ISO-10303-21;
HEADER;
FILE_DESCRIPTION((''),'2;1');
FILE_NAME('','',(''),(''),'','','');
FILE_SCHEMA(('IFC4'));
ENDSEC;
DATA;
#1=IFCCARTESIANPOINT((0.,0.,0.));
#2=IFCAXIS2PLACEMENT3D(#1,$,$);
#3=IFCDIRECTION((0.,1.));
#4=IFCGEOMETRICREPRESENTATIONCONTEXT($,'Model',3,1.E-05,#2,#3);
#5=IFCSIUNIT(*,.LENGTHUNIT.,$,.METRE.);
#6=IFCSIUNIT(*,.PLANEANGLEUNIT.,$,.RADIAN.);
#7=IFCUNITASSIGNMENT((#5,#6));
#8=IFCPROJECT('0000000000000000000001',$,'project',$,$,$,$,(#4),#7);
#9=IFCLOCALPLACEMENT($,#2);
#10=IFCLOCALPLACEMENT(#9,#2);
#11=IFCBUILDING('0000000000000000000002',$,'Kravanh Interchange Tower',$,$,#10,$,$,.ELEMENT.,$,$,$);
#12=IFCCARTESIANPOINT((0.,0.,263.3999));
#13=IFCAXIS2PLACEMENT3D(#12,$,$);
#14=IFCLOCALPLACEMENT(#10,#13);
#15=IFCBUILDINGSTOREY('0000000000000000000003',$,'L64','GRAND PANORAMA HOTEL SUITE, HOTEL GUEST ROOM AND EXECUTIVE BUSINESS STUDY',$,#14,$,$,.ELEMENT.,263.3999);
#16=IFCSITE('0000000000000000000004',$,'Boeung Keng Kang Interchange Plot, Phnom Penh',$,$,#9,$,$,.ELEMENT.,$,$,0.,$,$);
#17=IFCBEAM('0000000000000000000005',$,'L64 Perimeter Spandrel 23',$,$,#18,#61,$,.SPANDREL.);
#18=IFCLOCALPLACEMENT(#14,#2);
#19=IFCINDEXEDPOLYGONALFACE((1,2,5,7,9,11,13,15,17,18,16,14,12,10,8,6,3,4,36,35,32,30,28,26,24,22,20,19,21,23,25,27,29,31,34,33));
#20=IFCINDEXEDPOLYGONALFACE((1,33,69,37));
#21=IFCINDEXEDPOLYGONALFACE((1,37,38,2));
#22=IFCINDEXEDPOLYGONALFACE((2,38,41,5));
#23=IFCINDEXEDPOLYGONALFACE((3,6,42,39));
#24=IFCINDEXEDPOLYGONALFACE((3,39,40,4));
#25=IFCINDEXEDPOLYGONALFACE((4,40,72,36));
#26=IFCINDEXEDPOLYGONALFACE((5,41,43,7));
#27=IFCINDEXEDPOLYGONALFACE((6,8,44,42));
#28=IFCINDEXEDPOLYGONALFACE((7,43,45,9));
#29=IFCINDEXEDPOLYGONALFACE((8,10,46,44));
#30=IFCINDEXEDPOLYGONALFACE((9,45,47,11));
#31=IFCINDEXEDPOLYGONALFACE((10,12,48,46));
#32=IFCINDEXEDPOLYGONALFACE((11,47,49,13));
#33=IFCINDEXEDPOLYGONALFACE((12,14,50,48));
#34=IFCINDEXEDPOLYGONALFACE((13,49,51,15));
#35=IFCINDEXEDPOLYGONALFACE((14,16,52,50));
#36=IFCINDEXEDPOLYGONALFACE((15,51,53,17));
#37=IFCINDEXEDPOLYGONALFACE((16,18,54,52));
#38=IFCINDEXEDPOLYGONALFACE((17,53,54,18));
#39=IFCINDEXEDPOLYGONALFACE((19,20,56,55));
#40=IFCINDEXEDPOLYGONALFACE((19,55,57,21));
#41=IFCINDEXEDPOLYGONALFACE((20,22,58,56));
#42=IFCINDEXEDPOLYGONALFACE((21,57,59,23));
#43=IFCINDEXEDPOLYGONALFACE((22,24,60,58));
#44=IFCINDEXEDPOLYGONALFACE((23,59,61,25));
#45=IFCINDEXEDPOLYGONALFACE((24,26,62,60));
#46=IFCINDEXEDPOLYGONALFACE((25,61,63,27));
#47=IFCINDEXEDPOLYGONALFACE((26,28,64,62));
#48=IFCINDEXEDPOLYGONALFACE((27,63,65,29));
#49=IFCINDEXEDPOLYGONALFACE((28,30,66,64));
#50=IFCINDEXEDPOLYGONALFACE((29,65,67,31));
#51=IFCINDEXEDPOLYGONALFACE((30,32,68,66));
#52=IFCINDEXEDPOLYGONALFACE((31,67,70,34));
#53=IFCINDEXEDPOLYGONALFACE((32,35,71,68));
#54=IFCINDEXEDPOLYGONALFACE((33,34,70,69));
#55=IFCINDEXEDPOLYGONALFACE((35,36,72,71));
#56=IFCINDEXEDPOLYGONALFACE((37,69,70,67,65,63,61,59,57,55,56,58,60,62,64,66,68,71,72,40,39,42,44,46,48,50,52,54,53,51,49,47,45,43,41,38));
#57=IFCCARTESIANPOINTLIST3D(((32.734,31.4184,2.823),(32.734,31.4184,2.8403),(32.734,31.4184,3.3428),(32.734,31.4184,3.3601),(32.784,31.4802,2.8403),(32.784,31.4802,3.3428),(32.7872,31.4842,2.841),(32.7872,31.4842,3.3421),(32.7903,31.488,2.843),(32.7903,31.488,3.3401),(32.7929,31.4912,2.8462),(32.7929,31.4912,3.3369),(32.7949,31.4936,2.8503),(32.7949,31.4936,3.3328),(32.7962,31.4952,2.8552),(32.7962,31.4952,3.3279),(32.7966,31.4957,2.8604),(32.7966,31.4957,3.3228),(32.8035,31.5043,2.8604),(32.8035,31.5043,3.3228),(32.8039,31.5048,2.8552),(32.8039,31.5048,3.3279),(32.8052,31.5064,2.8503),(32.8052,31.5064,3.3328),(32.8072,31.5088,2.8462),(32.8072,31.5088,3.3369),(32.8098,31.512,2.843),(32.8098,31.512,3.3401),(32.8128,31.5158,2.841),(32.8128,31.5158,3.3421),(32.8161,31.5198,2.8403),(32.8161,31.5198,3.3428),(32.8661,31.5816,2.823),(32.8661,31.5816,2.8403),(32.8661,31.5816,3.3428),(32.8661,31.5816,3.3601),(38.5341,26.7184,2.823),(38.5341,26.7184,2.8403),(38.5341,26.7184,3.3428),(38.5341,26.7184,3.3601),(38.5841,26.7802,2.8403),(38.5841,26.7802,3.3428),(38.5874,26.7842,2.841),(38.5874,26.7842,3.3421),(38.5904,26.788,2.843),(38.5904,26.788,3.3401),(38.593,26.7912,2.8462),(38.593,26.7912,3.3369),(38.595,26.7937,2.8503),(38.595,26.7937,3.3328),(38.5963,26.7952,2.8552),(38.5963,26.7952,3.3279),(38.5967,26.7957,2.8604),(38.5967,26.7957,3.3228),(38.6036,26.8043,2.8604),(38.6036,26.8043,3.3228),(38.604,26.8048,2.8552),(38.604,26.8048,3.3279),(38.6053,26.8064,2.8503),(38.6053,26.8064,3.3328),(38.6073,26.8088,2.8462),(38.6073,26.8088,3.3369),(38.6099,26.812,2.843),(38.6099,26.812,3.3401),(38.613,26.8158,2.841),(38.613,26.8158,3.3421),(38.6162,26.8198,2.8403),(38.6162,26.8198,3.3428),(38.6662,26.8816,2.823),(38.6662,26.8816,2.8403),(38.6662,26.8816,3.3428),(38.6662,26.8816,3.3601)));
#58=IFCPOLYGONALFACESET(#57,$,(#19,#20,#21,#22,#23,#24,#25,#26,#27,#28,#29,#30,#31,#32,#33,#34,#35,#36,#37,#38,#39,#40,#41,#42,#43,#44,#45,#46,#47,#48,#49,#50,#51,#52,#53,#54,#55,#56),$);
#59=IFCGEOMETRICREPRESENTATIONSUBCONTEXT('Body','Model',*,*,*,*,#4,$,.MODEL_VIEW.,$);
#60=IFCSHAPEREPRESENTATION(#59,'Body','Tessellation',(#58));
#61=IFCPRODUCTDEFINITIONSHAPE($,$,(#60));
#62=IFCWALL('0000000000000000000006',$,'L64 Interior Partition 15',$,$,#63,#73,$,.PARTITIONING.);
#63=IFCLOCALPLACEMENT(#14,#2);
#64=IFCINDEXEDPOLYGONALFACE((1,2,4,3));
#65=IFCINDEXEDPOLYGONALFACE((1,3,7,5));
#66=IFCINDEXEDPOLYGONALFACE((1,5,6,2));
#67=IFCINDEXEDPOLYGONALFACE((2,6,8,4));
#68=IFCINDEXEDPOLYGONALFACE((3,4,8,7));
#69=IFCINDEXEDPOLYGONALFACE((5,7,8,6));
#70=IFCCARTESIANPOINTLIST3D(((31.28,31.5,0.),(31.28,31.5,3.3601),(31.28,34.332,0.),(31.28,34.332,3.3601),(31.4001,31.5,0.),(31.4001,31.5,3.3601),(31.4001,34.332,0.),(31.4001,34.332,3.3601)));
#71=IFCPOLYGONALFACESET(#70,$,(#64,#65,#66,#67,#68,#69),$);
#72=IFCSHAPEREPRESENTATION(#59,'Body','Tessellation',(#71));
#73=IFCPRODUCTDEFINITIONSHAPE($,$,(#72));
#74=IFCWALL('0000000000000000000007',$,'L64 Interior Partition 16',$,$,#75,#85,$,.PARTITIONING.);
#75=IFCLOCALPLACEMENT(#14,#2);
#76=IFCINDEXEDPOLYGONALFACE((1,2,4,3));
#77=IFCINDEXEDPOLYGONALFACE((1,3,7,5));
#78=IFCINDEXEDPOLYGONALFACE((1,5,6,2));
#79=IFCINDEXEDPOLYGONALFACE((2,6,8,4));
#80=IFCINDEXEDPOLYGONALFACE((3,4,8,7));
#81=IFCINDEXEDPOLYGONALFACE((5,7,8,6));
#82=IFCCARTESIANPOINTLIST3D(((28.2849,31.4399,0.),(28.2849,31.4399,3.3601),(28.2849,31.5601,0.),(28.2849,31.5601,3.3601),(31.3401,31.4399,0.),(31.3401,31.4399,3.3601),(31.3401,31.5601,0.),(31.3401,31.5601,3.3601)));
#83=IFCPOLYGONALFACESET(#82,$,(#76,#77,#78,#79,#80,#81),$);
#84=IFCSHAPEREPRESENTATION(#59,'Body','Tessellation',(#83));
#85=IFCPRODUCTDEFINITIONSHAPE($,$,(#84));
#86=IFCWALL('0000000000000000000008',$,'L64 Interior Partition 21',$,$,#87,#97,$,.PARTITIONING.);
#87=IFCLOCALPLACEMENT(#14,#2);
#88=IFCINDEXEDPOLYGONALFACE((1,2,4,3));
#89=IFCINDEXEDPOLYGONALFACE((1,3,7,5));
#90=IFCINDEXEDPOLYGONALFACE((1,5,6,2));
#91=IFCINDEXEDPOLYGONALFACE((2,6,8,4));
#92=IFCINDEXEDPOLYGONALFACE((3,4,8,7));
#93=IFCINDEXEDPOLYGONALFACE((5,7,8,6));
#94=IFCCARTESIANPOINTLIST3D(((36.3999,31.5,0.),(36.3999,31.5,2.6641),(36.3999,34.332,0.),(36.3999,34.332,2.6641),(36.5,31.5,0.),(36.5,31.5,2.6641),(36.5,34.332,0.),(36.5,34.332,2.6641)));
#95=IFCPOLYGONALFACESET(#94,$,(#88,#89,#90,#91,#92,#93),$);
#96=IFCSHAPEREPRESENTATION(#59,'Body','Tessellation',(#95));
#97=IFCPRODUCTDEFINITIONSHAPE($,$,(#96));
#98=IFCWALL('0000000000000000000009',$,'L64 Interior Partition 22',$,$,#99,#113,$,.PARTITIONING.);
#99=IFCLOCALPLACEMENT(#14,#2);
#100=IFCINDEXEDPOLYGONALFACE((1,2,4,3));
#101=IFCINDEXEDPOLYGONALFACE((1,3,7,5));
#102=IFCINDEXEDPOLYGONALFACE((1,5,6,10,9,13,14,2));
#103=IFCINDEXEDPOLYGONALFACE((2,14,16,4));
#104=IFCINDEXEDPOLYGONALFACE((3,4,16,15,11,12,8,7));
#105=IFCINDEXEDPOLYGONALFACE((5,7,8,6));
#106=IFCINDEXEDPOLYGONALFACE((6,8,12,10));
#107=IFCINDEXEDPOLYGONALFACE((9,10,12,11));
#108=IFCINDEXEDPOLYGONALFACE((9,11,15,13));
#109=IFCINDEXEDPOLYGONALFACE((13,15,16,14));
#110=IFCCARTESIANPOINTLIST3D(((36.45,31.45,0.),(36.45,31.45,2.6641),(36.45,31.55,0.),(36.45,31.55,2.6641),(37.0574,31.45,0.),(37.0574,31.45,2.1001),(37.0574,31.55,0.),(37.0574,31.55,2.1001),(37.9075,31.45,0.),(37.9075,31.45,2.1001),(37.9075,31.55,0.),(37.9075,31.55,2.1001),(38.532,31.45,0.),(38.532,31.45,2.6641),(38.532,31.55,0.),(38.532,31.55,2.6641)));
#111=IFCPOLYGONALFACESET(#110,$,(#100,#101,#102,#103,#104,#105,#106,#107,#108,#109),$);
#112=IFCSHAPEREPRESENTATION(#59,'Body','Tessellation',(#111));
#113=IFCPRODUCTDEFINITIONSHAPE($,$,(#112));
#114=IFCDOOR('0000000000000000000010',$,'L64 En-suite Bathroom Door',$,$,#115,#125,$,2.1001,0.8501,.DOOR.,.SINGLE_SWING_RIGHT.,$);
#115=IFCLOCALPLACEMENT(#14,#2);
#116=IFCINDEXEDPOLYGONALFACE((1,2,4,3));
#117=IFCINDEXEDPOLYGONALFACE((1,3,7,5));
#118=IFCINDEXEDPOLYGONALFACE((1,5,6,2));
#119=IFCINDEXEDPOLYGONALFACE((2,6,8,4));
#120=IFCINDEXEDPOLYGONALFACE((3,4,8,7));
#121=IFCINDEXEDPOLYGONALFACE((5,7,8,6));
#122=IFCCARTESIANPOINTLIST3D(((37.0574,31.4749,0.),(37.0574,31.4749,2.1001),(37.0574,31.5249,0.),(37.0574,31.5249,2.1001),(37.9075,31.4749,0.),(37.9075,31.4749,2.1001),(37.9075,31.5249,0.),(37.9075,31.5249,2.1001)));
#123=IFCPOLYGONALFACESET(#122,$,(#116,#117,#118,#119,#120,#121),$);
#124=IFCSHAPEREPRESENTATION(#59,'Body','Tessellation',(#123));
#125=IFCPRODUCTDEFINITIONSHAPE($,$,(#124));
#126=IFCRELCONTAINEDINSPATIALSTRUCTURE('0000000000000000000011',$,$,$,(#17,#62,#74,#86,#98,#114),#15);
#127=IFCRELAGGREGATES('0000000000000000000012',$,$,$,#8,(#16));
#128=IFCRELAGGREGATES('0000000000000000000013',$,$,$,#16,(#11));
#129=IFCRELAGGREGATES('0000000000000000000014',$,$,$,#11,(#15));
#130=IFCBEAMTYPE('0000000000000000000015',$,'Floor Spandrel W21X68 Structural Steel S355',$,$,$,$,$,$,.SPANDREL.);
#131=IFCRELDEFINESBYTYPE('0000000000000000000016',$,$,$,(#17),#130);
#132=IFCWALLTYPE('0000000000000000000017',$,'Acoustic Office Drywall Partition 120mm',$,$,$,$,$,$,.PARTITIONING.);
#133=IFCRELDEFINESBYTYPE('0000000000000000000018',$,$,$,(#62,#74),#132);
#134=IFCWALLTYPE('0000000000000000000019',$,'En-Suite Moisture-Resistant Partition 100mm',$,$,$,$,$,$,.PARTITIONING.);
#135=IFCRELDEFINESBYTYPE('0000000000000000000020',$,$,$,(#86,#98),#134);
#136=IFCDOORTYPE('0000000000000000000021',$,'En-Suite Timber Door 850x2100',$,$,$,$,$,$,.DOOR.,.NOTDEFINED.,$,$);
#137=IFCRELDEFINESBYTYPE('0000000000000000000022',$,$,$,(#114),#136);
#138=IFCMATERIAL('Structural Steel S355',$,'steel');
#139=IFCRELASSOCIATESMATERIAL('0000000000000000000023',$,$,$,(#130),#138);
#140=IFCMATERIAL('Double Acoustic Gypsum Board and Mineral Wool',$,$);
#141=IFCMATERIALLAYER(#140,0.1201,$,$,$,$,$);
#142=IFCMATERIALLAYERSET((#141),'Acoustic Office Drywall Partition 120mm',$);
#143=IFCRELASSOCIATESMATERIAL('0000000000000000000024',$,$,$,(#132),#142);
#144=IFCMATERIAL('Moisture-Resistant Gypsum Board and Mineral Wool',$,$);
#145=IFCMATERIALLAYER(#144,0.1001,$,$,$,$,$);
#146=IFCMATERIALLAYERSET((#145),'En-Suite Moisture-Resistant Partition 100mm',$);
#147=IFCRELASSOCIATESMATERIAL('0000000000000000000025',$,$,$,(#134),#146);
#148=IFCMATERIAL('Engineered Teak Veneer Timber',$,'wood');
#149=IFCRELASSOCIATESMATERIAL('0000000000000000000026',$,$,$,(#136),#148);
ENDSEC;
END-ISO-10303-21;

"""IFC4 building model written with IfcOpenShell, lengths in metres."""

from ifc_helpers import new_model, si_unit, direction, frame, frame_2d, origin, origin_2d, place, context, subcontext, project, spatial, rectangle, i_section, extrude, material, layer, layer_set, material_profile, profile_set, type_object, element, fill, save


model = new_model("IFC4")

# Units and contexts
model_context = context("Model", 3, precision=1e-05, world=origin(), true_north=direction((0.0, 1.0)))
body_context = subcontext(model_context, "Body", "Model", "MODEL_VIEW")
ifc_project = project(units=[si_unit("LENGTHUNIT", "METRE"), si_unit("PLANEANGLEUNIT", "RADIAN")], contexts=[model_context])

# Site, building, storey
site_placement = place(None, origin())
site = spatial("IfcSite", under=ifc_project, at=site_placement, Name="Boeung Keng Kang Interchange Plot, Phnom Penh", CompositionType="ELEMENT", RefElevation=0.0)
building_placement = place(site_placement, origin())
building = spatial("IfcBuilding", under=site, at=building_placement, Name="Kravanh Interchange Tower", CompositionType="ELEMENT")
storey_placement = place(building_placement, frame((0.0, 0.0, 263.3999)))
storey = spatial("IfcBuildingStorey", under=building, at=storey_placement, Name="L64", Description="GRAND PANORAMA HOTEL SUITE, HOTEL GUEST ROOM AND EXECUTIVE BUSINESS STUDY", CompositionType="ELEMENT", Elevation=263.3999)

# Beam
ifc_material_1 = material(Name="Structural Steel S355", Category="steel")
ifc_material_profile_1 = material_profile(ifc_material_1, i_section(OverallWidth=0.21, OverallDepth=0.5371, WebThickness=0.011, FlangeThickness=0.0173, FilletRadius=0.02, at=origin_2d()), Name="W21X68")
ifc_profile_set_1 = profile_set([ifc_material_profile_1], Name="Structural Steel S355")
beam_type_1 = type_object("IfcBeamType", Name="Floor Spandrel W21X68 Structural Steel S355", PredefinedType="SPANDREL", material=ifc_profile_set_1)
beam_1_placement = place(storey_placement, frame((32.8, 31.5, 3.0916), z_axis=(0.776939, -0.629576, 0.0), x_axis=(0.629576, 0.776939, 0.0)))
element("IfcBeam", 1, at=beam_1_placement, inside=storey, type_object=beam_type_1, Name="L64 Perimeter Spandrel 23", PredefinedType="SPANDREL", context=body_context, shape_type="SweptSolid", body=[
    extrude(i_section(OverallWidth=0.21, OverallDepth=0.5371, WebThickness=0.011, FlangeThickness=0.0173, FilletRadius=0.02, at=origin_2d()), origin(), (0.0, 0.0, 1.0), 7.4653),
])

# Walls
ifc_material_2 = material(Name="Double Acoustic Gypsum Board and Mineral Wool")
ifc_layer_1 = layer(ifc_material_2, 0.1201)
ifc_layer_set_1 = layer_set([ifc_layer_1], Name="Acoustic Office Drywall Partition 120mm")
wall_type_1 = type_object("IfcWallType", Name="Acoustic Office Drywall Partition 120mm", PredefinedType="PARTITIONING", material=ifc_layer_set_1)
wall_1_placement = place(storey_placement, frame((31.3401, 31.5, 0.0), z_axis=(0.0, 0.0, 1.0), x_axis=(0.0, 1.0, 0.0)))
element("IfcWall", 2, at=wall_1_placement, inside=storey, type_object=wall_type_1, Name="L64 Interior Partition 15", PredefinedType="PARTITIONING", context=body_context, shape_type="SweptSolid", body=[
    extrude(rectangle(XDim=2.832, YDim=0.1201, at=frame_2d((1.416, 0.0))), origin(), (0.0, 0.0, 1.0), 3.3601),
])
wall_2_placement = place(storey_placement, frame((28.2849, 31.5, 0.0), z_axis=(0.0, 0.0, 1.0), x_axis=(1.0, 0.0, 0.0)))
element("IfcWall", 3, at=wall_2_placement, inside=storey, type_object=wall_type_1, Name="L64 Interior Partition 16", PredefinedType="PARTITIONING", context=body_context, shape_type="SweptSolid", body=[
    extrude(rectangle(XDim=3.0552, YDim=0.1201, at=frame_2d((1.5276, 0.0))), origin(), (0.0, 0.0, 1.0), 3.3601),
])
ifc_material_3 = material(Name="Moisture-Resistant Gypsum Board and Mineral Wool")
ifc_layer_2 = layer(ifc_material_3, 0.1001)
ifc_layer_set_2 = layer_set([ifc_layer_2], Name="En-Suite Moisture-Resistant Partition 100mm")
wall_type_2 = type_object("IfcWallType", Name="En-Suite Moisture-Resistant Partition 100mm", PredefinedType="PARTITIONING", material=ifc_layer_set_2)
wall_3_placement = place(storey_placement, frame((36.45, 31.5, 0.0), z_axis=(0.0, 0.0, 1.0), x_axis=(0.0, 1.0, 0.0)))
element("IfcWall", 4, at=wall_3_placement, inside=storey, type_object=wall_type_2, Name="L64 Interior Partition 21", PredefinedType="PARTITIONING", context=body_context, shape_type="SweptSolid", body=[
    extrude(rectangle(XDim=2.832, YDim=0.1001, at=frame_2d((1.416, 0.0))), origin(), (0.0, 0.0, 1.0), 2.6641),
])

# Wall, opening, door
wall_4_placement = place(storey_placement, frame((36.45, 31.5, 0.0), z_axis=(0.0, 0.0, 1.0), x_axis=(1.0, 0.0, 0.0)))
wall_4 = element("IfcWall", 5, at=wall_4_placement, inside=storey, type_object=wall_type_2, Name="L64 Interior Partition 22", PredefinedType="PARTITIONING", context=body_context, shape_type="SweptSolid", body=[
    extrude(rectangle(XDim=2.082, YDim=0.1001, at=frame_2d((1.041, 0.0))), origin(), (0.0, 0.0, 1.0), 2.6641),
])
opening_placement = place(wall_4_placement, frame((0.6074, 0.0, 0.0)))
opening = element("IfcOpeningElement", 6, at=opening_placement, cuts=wall_4, PredefinedType="OPENING", context=body_context, shape_type="SweptSolid", body=[
    extrude(rectangle(XDim=0.8501, YDim=2.1001, at=frame_2d((0.425, 1.05))), frame((0.0, 0.0601, 0.0), z_axis=(0.0, -1.0, 0.0), x_axis=(1.0, 0.0, 0.0)), (0.0, 0.0, 1.0), 0.1201),
])
ifc_material_4 = material(Name="Engineered Teak Veneer Timber", Category="wood")
door_type = type_object("IfcDoorType", Name="En-Suite Timber Door 850x2100", OperationType="NOTDEFINED", PredefinedType="DOOR", material=ifc_material_4)
door_placement = place(opening_placement, origin())
door = element("IfcDoor", 7, at=door_placement, inside=storey, type_object=door_type, Name="L64 En-suite Bathroom Door", OperationType="SINGLE_SWING_RIGHT", OverallHeight=2.1001, OverallWidth=0.8501, PredefinedType="DOOR", context=body_context, shape_type="SweptSolid", body=[
    extrude(rectangle(XDim=0.8501, YDim=2.1001, at=frame_2d((0.425, 1.05))), frame((0.0, 0.0249, 0.0), z_axis=(0.0, -1.0, 0.0), x_axis=(1.0, 0.0, 0.0)), (0.0, 0.0, 1.0), 0.05),
])
fill(opening, door)

save(model, "model.ifc")
